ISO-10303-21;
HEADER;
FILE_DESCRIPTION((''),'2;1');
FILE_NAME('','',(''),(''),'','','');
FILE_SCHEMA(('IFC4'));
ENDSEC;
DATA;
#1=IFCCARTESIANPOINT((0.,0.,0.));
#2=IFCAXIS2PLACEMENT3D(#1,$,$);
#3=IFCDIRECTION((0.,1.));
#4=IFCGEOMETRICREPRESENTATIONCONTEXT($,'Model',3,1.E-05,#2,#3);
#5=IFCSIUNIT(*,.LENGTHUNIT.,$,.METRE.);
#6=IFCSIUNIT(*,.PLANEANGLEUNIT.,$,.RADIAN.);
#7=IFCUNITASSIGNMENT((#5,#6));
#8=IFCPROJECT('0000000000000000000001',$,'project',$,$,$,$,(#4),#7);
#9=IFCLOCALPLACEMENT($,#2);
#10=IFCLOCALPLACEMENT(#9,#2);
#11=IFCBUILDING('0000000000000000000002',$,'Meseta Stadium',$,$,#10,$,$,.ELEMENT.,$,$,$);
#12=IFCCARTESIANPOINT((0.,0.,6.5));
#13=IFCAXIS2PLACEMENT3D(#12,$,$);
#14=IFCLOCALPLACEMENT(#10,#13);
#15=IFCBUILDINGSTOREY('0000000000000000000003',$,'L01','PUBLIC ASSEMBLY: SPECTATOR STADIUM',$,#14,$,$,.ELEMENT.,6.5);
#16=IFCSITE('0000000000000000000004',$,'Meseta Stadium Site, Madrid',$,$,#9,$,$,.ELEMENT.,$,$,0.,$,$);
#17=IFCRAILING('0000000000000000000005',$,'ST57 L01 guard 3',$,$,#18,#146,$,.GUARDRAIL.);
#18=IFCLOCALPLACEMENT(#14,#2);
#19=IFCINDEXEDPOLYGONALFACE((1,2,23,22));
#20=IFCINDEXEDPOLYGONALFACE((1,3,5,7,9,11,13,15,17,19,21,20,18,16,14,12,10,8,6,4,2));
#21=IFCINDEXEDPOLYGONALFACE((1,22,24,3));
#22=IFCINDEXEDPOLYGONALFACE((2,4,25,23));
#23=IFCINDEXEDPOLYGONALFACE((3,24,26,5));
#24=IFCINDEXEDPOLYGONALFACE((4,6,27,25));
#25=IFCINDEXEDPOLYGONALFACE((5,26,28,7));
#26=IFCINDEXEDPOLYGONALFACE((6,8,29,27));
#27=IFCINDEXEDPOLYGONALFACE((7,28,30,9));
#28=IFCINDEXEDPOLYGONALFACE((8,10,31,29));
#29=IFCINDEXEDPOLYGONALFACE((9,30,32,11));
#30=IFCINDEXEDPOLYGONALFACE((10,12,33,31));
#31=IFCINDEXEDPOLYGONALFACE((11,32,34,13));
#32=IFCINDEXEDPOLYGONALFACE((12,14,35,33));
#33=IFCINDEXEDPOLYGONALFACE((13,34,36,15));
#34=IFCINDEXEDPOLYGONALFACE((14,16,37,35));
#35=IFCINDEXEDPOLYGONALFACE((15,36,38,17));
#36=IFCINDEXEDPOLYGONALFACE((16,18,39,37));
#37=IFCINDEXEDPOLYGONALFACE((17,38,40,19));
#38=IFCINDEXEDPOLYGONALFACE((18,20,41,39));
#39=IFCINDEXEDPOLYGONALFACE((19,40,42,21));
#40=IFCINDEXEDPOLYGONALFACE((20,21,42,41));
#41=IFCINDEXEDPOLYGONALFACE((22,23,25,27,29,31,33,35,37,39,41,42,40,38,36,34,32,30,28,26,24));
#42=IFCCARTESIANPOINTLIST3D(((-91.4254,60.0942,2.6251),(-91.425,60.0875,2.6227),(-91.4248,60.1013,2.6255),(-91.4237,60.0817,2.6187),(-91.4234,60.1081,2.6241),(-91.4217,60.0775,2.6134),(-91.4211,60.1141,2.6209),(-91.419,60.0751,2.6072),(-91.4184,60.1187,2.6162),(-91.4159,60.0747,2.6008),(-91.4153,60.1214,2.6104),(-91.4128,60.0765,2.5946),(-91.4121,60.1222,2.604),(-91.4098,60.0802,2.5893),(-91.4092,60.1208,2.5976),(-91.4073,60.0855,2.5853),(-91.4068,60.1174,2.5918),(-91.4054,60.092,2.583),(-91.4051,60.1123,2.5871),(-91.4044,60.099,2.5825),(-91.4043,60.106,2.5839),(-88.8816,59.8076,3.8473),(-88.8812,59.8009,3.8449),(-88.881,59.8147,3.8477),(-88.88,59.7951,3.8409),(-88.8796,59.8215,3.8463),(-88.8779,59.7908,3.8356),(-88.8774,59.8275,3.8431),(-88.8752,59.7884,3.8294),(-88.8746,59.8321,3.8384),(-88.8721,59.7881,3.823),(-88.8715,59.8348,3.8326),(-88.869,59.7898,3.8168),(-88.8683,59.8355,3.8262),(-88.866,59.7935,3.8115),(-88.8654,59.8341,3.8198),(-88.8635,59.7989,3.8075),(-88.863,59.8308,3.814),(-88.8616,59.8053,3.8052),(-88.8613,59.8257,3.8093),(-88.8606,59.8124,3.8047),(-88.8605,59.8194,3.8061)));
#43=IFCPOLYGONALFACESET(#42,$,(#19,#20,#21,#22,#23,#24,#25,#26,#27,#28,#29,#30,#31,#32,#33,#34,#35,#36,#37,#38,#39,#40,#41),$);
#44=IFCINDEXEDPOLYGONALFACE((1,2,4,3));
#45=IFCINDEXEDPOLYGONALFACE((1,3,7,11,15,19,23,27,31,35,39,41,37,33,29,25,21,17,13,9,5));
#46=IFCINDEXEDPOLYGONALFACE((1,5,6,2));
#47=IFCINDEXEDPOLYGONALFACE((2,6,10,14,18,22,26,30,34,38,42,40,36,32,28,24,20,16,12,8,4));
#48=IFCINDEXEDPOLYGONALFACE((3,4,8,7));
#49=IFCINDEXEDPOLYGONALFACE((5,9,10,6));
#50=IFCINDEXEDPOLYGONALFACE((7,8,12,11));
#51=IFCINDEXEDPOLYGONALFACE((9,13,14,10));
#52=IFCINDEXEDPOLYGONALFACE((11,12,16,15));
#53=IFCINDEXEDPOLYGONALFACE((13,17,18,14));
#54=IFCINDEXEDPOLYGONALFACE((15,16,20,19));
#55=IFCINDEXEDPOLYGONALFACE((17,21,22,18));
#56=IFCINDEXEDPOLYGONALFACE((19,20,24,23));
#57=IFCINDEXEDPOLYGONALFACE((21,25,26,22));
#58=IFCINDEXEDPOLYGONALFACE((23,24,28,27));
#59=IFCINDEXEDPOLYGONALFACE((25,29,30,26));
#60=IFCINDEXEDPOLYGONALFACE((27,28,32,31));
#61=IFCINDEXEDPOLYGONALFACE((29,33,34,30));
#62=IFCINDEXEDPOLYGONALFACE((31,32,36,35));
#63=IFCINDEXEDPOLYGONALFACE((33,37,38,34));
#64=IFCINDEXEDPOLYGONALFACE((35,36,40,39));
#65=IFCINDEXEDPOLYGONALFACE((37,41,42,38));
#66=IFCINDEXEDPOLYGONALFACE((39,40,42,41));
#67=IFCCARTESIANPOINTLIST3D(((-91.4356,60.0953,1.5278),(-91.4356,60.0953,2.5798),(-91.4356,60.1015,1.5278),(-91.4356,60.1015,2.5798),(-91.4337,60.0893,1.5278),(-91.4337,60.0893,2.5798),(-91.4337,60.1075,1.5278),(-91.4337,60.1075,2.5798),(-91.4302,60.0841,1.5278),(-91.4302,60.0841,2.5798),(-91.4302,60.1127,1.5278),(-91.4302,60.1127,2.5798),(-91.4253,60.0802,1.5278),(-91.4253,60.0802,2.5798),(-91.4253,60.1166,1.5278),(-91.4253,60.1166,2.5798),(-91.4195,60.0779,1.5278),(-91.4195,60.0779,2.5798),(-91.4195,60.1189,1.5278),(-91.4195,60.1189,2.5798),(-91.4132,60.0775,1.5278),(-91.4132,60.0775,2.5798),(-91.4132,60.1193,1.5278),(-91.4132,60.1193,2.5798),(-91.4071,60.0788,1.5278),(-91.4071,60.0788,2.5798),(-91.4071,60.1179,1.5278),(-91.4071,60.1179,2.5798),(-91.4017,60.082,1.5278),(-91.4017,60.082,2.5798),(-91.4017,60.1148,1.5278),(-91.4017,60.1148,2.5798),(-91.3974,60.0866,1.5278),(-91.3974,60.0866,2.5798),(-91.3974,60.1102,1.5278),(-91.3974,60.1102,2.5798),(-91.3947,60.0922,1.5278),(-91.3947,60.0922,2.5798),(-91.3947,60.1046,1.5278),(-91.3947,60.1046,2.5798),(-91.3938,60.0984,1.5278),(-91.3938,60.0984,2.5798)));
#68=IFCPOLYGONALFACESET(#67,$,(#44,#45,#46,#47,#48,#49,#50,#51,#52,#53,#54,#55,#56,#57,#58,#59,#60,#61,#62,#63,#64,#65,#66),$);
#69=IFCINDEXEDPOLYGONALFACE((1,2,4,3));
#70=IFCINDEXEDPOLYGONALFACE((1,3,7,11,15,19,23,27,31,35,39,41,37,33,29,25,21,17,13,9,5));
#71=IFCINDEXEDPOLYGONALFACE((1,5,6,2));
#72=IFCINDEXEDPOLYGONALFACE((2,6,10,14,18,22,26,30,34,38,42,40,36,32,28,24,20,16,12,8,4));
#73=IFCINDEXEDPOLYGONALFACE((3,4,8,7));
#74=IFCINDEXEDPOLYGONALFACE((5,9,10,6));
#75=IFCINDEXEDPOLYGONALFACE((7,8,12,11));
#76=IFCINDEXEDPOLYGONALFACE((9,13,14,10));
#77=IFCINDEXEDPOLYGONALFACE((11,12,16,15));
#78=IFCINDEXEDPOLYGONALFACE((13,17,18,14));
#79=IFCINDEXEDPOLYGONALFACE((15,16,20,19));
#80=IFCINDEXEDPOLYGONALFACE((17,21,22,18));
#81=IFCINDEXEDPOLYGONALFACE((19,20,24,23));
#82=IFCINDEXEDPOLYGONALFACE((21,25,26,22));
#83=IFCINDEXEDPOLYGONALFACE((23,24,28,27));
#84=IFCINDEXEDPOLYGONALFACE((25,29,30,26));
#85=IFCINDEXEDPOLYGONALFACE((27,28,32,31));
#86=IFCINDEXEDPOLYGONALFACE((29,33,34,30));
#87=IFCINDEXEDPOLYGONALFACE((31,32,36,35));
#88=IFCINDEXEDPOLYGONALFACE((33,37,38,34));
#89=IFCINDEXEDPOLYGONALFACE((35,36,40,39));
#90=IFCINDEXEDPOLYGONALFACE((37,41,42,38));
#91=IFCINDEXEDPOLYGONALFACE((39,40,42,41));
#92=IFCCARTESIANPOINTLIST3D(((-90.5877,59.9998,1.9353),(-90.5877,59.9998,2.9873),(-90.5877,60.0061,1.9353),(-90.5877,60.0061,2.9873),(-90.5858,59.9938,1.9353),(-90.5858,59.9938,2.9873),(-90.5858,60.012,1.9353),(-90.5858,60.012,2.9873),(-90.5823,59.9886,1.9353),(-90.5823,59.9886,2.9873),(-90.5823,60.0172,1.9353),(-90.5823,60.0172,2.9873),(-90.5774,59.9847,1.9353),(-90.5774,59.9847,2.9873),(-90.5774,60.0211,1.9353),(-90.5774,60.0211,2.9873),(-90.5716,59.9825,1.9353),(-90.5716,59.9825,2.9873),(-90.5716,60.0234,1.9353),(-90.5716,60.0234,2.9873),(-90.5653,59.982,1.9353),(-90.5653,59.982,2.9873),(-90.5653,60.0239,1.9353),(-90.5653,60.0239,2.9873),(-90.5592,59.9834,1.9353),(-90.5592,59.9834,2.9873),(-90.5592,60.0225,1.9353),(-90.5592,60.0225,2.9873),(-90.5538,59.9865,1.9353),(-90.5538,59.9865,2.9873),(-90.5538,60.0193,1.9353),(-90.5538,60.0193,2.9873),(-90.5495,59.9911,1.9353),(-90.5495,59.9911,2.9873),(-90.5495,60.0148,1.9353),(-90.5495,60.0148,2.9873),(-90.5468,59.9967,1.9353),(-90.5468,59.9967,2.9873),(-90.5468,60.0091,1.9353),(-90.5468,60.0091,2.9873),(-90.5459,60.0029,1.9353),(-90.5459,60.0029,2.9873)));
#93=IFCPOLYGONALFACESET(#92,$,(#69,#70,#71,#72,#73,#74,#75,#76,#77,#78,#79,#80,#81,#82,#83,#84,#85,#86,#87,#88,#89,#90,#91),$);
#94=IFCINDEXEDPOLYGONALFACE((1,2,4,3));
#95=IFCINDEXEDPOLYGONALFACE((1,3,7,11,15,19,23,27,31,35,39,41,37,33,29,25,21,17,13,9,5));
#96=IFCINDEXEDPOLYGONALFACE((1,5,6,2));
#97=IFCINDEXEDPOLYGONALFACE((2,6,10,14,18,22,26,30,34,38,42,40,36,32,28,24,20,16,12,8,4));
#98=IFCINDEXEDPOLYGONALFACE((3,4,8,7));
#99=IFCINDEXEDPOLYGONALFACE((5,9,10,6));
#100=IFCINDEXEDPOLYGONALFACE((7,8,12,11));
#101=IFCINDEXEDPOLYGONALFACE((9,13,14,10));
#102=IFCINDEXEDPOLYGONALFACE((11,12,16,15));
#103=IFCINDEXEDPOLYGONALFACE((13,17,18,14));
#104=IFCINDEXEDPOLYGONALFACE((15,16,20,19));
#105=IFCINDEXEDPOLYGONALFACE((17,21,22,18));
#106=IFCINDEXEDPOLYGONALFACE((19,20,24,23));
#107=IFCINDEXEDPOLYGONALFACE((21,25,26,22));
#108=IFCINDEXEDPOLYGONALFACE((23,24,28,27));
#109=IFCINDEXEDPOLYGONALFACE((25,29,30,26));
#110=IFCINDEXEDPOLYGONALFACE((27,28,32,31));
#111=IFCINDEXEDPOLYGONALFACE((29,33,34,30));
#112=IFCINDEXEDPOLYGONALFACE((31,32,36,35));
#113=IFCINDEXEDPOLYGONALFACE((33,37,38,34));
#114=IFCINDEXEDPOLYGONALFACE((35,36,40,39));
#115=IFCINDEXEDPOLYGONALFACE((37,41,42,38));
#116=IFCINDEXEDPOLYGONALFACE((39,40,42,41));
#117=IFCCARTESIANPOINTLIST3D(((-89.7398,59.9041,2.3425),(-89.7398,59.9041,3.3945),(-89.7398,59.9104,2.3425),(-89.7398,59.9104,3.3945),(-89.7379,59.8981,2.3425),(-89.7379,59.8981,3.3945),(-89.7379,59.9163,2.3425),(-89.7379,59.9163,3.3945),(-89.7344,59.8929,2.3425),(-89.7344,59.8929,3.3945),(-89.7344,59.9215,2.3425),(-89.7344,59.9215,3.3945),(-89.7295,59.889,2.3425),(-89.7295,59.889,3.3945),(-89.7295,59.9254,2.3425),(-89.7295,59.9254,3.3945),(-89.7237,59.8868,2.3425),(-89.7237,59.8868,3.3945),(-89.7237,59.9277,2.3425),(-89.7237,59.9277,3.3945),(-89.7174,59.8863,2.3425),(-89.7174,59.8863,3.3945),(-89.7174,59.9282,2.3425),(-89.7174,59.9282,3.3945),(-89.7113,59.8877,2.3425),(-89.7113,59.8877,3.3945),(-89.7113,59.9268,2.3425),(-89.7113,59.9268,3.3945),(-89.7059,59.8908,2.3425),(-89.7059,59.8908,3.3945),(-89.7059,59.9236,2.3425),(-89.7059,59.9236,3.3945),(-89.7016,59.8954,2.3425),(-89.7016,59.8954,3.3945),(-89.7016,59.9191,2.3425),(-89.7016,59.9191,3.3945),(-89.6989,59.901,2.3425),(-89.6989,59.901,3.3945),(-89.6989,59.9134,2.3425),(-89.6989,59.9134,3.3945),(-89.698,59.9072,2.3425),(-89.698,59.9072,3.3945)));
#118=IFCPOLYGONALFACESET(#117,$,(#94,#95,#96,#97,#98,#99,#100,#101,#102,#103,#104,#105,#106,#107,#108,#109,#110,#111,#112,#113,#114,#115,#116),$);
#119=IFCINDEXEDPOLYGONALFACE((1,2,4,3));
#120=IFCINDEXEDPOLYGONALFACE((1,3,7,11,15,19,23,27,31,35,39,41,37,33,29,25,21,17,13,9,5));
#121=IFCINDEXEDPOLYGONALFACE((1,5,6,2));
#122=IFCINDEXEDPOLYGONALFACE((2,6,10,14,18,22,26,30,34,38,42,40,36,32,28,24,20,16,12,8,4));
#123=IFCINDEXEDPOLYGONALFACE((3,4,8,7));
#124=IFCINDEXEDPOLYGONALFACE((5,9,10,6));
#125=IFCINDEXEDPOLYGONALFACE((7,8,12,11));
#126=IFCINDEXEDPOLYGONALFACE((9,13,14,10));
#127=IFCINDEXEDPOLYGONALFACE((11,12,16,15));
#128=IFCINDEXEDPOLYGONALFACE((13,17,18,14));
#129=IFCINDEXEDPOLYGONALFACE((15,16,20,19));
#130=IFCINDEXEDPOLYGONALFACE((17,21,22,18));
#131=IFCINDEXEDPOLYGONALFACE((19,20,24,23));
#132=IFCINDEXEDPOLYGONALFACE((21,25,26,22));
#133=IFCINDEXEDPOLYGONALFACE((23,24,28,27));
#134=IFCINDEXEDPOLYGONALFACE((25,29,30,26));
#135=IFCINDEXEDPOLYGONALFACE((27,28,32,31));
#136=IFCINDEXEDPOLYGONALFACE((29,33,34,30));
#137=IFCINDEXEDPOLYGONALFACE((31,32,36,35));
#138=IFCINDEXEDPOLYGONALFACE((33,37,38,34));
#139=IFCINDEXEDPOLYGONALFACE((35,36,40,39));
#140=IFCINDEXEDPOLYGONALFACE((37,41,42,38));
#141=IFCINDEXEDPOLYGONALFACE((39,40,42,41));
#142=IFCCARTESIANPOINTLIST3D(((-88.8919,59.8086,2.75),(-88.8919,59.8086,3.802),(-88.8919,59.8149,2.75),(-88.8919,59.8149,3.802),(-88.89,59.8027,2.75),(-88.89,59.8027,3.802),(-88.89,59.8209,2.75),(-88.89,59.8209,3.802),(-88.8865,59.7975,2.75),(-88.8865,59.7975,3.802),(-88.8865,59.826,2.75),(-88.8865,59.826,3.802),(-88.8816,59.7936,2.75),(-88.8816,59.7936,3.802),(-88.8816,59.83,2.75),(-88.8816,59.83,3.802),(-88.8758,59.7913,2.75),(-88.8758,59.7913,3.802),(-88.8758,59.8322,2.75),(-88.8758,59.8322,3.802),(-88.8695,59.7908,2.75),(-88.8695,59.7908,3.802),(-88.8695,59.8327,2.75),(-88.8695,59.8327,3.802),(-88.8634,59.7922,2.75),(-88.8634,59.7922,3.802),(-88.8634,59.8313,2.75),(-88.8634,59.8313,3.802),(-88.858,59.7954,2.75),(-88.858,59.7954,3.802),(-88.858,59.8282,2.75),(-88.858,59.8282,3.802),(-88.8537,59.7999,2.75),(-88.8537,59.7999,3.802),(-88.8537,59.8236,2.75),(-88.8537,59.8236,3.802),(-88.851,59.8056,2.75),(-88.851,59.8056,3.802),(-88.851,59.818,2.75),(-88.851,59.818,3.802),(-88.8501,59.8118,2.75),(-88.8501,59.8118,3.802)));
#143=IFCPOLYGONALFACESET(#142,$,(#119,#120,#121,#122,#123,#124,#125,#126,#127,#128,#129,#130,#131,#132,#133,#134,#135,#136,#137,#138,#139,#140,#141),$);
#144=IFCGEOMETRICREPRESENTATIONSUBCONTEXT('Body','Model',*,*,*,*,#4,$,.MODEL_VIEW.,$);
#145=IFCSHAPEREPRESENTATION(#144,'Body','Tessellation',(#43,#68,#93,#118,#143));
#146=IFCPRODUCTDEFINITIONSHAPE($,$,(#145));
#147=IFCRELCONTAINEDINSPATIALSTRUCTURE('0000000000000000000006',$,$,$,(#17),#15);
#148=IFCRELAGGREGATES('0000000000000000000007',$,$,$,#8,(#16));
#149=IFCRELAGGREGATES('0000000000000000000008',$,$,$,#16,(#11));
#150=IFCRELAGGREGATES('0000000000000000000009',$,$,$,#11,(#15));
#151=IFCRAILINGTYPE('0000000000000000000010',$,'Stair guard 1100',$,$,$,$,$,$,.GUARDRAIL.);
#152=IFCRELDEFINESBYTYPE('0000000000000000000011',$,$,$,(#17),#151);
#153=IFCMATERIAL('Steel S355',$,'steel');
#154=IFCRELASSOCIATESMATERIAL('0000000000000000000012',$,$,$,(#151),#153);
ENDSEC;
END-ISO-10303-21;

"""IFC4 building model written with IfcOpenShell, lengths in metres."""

from ifc_helpers import new_model, si_unit, direction, frame, origin, origin_2d, place, context, subcontext, project, spatial, circle, extrude, material, type_object, element, save


model = new_model("IFC4")

# Units and contexts
model_context = context("Model", 3, precision=1e-05, world=origin(), true_north=direction((0.0, 1.0)))
body_context = subcontext(model_context, "Body", "Model", "MODEL_VIEW")
ifc_project = project(units=[si_unit("LENGTHUNIT", "METRE"), si_unit("PLANEANGLEUNIT", "RADIAN")], contexts=[model_context])

# Site, building, storey
site_placement = place(None, origin())
site = spatial("IfcSite", under=ifc_project, at=site_placement, Name="Meseta Stadium Site, Madrid", CompositionType="ELEMENT", RefElevation=0.0)
building_placement = place(site_placement, origin())
building = spatial("IfcBuilding", under=site, at=building_placement, Name="Meseta Stadium", CompositionType="ELEMENT")
storey_placement = place(building_placement, frame((0.0, 0.0, 6.5)))
storey = spatial("IfcBuildingStorey", under=building, at=storey_placement, Name="L01", Description="PUBLIC ASSEMBLY: SPECTATOR STADIUM", CompositionType="ELEMENT", Elevation=6.5)

# Railing
ifc_material_1 = material(Name="Steel S355", Category="steel")
railing_type_1 = type_object("IfcRailingType", Name="Stair guard 1100", PredefinedType="GUARDRAIL", material=ifc_material_1)
railing_1_placement = place(storey_placement, frame((-91.4148, 60.0984, 1.5278)))
element("IfcRailing", 1, at=railing_1_placement, inside=storey, type_object=railing_type_1, Name="ST57 L01 guard 3", PredefinedType="GUARDRAIL", context=body_context, shape_type="SweptSolid", body=[
    extrude(circle(Radius=0.0239, at=origin_2d()), frame((0.0, 0.0, 1.0762), z_axis=(0.896745, -0.101044, 0.430858), x_axis=(0.11197, 0.993712, 0.0)), (0.0, 0.0, 1.0), 2.8367),
    extrude(circle(Radius=0.021, at=origin_2d()), origin(), (0.0, 0.0, 1.0), 1.052),
    extrude(circle(Radius=0.021, at=origin_2d()), frame((0.8479, -0.0955, 0.4075)), (0.0, 0.0, 1.0), 1.052),
    extrude(circle(Radius=0.021, at=origin_2d()), frame((1.6958, -0.1912, 0.8147)), (0.0, 0.0, 1.0), 1.052),
    extrude(circle(Radius=0.021, at=origin_2d()), frame((2.5437, -0.2866, 1.2222)), (0.0, 0.0, 1.0), 1.052),
])

save(model, "model.ifc")
